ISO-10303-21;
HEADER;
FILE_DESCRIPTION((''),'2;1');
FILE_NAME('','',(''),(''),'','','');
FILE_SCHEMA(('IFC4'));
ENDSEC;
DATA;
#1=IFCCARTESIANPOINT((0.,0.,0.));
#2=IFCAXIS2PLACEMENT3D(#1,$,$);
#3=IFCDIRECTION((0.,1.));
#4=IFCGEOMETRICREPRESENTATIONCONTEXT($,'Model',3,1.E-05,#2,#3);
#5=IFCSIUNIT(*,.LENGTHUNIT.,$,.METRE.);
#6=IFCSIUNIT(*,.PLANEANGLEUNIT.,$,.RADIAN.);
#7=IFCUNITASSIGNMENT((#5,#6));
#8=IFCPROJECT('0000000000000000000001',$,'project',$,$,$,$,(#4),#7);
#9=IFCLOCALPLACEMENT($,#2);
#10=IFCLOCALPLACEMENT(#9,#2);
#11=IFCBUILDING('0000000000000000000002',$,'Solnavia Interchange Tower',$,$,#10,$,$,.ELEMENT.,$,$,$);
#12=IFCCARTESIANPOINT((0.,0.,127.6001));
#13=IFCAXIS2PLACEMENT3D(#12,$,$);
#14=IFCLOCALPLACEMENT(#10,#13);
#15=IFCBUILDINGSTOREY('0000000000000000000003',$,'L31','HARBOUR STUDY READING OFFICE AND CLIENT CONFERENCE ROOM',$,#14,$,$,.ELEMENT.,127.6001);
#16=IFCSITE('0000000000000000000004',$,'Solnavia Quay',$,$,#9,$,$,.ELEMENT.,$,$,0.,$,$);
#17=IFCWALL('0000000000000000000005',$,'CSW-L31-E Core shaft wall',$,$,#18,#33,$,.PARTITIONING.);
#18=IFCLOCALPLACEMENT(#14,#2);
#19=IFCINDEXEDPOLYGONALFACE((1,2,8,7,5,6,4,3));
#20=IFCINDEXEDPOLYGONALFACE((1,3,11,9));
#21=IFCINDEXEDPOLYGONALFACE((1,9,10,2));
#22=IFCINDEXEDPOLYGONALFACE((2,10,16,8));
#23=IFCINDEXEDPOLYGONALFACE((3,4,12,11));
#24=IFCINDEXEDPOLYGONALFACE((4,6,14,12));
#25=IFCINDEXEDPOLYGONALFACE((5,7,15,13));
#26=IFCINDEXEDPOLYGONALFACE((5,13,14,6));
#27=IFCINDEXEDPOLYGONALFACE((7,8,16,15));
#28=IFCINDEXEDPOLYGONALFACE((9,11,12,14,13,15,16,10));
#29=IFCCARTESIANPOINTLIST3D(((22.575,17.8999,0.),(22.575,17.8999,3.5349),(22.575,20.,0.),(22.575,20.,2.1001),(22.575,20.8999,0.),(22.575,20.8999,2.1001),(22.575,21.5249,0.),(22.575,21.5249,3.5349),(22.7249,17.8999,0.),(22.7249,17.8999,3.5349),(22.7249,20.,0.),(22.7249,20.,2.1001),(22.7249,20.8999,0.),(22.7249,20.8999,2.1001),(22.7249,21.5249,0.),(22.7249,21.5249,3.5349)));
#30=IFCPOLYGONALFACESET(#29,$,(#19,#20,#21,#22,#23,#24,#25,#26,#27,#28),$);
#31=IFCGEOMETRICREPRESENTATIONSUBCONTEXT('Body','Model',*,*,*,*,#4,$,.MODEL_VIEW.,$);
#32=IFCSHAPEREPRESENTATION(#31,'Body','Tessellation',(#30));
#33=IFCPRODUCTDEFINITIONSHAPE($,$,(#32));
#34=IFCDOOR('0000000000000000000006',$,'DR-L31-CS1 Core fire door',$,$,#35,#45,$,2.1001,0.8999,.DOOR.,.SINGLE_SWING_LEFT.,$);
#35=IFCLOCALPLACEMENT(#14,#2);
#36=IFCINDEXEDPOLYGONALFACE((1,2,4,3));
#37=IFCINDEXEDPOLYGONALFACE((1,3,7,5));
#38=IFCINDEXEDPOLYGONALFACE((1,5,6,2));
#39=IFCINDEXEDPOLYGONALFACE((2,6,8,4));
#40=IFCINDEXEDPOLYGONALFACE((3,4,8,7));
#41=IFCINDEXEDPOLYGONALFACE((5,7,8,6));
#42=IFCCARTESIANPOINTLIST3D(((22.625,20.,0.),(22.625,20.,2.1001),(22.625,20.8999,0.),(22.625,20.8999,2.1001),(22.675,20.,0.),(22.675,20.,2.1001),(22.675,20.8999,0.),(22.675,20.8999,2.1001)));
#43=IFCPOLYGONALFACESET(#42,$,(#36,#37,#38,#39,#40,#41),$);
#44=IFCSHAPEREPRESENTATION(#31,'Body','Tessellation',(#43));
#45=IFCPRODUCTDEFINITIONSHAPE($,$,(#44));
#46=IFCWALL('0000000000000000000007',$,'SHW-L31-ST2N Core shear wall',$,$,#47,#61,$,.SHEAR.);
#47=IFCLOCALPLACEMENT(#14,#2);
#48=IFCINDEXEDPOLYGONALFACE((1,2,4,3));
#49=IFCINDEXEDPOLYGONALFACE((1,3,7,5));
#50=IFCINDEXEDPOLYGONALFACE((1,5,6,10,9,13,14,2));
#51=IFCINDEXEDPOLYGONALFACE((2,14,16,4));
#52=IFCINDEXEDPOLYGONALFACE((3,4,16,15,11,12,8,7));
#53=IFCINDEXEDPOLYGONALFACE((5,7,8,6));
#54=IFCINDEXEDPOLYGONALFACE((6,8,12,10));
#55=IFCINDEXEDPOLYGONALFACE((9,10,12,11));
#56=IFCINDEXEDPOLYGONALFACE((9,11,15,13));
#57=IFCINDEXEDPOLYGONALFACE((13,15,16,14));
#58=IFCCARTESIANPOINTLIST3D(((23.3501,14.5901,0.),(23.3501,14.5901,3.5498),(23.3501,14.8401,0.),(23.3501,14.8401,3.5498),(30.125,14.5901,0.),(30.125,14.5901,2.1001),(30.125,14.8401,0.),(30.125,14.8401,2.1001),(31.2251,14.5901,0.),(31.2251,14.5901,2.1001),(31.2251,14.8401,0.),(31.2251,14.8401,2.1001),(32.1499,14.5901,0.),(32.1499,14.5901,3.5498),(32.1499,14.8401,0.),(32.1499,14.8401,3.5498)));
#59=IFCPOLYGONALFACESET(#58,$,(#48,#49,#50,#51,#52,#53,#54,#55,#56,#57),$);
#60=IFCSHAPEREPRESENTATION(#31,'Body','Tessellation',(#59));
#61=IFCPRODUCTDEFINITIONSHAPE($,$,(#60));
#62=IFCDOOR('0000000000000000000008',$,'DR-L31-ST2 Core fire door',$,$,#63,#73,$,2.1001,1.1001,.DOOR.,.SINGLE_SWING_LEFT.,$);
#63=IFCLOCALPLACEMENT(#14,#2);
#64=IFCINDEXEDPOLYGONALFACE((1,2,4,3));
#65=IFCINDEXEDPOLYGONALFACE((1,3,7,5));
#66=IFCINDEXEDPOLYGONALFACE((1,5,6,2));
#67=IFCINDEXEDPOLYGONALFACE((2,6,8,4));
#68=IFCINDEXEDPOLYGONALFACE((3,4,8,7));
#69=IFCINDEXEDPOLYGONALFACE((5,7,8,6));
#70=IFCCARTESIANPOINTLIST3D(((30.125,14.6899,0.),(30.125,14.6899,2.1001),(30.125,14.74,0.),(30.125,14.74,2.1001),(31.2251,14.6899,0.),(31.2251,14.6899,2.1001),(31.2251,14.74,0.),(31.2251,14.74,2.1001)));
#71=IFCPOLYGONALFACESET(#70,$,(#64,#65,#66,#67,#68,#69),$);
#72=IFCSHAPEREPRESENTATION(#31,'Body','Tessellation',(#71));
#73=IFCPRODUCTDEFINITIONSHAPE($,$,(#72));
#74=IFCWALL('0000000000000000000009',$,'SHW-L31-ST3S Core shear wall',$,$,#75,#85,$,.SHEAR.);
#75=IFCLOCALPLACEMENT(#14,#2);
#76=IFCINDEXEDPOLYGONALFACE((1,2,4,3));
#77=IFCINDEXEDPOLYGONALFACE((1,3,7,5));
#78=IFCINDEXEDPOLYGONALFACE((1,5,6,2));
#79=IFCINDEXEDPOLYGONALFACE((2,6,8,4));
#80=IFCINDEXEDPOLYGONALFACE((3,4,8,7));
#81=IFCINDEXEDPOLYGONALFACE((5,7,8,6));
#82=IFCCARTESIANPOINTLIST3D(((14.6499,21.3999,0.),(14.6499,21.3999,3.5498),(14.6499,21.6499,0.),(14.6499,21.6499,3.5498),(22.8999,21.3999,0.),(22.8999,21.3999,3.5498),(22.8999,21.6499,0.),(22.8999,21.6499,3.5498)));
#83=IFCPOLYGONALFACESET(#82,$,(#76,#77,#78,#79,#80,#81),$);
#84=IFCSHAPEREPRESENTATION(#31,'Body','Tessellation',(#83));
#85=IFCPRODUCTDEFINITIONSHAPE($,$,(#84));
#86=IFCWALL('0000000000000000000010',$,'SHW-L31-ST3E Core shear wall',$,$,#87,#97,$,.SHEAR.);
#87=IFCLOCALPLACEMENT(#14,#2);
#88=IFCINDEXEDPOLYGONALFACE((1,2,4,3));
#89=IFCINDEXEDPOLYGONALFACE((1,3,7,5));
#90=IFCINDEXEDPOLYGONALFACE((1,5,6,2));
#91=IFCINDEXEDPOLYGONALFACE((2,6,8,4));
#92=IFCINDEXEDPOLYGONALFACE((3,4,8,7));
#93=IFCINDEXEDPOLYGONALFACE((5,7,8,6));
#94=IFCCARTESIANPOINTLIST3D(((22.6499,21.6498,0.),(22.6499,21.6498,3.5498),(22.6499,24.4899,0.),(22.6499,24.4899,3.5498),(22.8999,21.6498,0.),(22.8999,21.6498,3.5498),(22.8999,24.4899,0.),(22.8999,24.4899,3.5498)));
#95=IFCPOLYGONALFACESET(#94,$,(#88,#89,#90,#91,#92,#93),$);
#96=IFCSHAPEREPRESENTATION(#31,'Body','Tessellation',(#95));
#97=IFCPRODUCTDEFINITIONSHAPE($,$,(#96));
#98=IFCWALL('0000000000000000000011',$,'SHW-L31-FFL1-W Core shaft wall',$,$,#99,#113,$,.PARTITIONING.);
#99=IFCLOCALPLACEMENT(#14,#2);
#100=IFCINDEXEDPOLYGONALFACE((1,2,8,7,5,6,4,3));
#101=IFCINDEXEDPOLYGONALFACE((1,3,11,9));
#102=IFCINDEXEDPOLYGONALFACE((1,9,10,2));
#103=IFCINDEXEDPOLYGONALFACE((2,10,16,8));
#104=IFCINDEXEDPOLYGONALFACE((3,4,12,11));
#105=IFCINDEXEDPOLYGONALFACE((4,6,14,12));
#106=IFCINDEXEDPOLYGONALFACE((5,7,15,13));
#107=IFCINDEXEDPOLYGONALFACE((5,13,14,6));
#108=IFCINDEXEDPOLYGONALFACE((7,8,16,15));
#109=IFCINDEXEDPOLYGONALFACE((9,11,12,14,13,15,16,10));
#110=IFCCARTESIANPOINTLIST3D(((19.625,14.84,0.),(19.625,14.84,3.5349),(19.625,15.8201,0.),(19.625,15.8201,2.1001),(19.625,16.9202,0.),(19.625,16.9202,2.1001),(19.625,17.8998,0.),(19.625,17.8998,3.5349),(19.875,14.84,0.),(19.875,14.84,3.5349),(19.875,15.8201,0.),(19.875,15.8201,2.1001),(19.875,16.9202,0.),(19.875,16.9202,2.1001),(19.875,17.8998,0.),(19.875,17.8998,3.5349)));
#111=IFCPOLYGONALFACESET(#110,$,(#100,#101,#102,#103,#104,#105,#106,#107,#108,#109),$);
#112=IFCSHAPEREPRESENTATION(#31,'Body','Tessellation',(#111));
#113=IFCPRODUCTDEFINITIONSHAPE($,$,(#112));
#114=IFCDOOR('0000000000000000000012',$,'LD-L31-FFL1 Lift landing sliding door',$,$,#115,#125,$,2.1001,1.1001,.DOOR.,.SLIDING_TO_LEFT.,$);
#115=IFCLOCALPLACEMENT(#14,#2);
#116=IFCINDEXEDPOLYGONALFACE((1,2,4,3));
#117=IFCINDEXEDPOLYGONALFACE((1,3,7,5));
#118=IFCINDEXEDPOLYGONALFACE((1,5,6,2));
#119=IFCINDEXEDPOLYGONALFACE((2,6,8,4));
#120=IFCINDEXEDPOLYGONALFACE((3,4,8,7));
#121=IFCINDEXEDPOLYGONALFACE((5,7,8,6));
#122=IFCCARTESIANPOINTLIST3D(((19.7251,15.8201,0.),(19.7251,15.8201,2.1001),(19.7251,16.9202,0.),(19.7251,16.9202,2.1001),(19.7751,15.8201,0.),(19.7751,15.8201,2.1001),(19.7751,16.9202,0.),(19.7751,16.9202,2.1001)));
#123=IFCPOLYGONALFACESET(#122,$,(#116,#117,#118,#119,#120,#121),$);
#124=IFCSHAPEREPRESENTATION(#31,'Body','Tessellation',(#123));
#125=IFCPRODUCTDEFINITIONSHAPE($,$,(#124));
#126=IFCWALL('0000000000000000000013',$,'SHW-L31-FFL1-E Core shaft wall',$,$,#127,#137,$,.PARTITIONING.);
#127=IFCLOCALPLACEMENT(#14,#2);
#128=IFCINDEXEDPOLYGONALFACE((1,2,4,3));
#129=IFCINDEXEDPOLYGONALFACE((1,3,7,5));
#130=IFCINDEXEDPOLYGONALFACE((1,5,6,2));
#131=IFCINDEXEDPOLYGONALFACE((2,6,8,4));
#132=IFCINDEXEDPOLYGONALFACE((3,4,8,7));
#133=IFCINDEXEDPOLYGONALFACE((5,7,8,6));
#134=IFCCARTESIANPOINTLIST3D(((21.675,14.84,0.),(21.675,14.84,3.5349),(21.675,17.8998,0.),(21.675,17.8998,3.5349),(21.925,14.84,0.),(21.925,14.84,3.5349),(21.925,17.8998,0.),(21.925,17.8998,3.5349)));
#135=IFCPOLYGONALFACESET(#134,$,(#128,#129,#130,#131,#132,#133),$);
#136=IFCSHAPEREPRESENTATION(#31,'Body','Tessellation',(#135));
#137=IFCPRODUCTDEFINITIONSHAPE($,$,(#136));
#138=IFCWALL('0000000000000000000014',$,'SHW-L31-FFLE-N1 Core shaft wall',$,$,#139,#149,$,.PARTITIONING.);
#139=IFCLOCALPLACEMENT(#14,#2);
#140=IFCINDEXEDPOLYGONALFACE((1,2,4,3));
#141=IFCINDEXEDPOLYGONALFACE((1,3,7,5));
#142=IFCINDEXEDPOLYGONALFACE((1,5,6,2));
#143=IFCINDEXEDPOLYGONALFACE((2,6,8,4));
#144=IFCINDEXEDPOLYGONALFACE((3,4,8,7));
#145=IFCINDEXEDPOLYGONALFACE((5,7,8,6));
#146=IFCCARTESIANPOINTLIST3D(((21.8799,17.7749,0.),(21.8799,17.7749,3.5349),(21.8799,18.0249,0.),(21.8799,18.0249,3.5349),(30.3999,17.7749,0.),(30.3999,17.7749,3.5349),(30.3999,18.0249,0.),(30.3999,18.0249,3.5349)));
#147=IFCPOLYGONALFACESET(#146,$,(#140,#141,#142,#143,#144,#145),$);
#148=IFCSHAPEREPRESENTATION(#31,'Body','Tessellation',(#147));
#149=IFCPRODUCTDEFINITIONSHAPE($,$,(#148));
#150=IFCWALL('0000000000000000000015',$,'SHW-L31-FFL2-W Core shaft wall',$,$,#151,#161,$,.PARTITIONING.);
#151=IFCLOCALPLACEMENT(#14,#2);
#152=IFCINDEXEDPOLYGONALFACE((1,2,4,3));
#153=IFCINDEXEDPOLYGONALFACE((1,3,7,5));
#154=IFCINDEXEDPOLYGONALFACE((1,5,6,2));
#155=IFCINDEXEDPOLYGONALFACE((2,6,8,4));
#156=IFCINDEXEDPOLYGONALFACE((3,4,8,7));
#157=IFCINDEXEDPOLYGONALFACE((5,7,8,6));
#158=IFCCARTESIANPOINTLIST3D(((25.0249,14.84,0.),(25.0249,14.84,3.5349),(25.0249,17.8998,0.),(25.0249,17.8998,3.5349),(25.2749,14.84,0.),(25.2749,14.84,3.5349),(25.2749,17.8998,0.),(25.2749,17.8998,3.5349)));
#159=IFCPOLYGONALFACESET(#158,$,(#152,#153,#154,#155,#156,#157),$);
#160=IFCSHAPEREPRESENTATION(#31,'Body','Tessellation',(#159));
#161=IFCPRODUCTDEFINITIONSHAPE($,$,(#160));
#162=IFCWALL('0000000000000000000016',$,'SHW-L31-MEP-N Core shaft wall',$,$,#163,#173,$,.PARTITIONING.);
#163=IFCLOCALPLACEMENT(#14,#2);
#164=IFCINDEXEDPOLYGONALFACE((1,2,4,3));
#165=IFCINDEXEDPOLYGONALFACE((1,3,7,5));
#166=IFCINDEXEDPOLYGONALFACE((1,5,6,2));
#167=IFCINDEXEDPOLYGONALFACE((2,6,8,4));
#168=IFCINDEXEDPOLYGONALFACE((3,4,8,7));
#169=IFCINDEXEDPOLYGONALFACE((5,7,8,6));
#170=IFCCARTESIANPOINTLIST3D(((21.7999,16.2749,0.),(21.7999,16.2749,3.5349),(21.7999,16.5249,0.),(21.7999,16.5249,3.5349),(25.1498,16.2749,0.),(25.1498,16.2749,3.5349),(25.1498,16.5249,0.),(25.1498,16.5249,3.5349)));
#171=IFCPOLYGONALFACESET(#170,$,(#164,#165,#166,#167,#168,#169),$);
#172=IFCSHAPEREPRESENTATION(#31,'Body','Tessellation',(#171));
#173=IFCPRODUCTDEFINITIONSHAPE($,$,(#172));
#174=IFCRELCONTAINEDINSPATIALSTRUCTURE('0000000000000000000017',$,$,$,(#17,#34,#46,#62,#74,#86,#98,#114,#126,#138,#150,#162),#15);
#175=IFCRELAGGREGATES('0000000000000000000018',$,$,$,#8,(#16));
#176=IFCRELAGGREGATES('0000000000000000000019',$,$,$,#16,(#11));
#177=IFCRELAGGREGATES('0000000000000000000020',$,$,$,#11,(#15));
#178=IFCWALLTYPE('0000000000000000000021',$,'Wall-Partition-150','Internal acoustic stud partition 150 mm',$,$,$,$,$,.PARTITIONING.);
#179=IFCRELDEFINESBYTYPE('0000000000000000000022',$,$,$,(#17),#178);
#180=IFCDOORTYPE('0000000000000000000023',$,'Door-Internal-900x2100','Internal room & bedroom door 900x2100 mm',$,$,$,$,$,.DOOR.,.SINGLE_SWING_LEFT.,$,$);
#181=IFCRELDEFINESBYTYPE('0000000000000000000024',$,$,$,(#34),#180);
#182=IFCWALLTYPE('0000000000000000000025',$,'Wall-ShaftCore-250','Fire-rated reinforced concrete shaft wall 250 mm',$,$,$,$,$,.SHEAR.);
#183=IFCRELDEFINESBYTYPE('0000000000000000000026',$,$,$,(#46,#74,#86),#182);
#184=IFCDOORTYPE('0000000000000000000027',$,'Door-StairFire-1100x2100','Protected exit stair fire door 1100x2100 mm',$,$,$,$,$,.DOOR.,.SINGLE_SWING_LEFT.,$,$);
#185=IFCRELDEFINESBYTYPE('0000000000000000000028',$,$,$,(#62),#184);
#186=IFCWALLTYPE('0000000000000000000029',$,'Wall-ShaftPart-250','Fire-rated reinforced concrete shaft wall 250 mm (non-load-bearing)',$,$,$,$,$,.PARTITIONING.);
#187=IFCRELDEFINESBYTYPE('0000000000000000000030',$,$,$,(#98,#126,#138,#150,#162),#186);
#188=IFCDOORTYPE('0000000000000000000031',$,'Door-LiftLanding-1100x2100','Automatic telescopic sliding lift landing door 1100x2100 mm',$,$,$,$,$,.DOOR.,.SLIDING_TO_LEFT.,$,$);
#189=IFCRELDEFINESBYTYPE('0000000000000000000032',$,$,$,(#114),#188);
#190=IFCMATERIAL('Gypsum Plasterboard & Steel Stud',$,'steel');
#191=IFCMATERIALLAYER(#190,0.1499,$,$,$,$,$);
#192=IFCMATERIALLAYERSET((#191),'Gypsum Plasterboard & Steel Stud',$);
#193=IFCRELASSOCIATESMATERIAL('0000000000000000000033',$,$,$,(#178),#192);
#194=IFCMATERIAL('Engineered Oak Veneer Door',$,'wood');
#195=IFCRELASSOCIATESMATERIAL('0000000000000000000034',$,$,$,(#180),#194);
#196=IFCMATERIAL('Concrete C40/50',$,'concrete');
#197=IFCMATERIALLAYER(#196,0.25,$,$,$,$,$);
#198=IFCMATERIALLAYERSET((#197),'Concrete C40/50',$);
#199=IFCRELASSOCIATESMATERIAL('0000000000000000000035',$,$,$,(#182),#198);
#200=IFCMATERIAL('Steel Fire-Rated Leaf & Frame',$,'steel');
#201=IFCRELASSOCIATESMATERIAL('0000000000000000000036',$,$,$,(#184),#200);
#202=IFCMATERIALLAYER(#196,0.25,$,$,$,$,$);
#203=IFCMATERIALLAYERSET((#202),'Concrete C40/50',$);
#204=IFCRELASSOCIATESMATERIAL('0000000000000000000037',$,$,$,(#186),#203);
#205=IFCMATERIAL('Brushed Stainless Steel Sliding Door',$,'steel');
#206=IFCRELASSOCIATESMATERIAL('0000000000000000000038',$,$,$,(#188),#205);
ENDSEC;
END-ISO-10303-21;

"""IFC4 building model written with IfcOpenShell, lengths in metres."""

from ifc_helpers import new_model, si_unit, direction, frame, frame_2d, origin, place, context, subcontext, project, spatial, rectangle, extrude, material, layer, layer_set, type_object, element, fill, save


model = new_model("IFC4")

# Units and contexts
model_context = context("Model", 3, precision=1e-05, world=origin(), true_north=direction((0.0, 1.0)))
body_context = subcontext(model_context, "Body", "Model", "MODEL_VIEW")
ifc_project = project(units=[si_unit("LENGTHUNIT", "METRE"), si_unit("PLANEANGLEUNIT", "RADIAN")], contexts=[model_context])

# Site, building, storey
site_placement = place(None, origin())
site = spatial("IfcSite", under=ifc_project, at=site_placement, Name="Solnavia Quay", CompositionType="ELEMENT", RefElevation=0.0)
building_placement = place(site_placement, origin())
building = spatial("IfcBuilding", under=site, at=building_placement, Name="Solnavia Interchange Tower", CompositionType="ELEMENT")
storey_placement = place(building_placement, frame((0.0, 0.0, 127.6001)))
storey = spatial("IfcBuildingStorey", under=building, at=storey_placement, Name="L31", Description="HARBOUR STUDY READING OFFICE AND CLIENT CONFERENCE ROOM", CompositionType="ELEMENT", Elevation=127.6001)

# Walls, openings, doors
ifc_material_1 = material(Name="Gypsum Plasterboard & Steel Stud", Category="steel")
ifc_layer_1 = layer(ifc_material_1, 0.1499)
ifc_layer_set_1 = layer_set([ifc_layer_1], Name="Gypsum Plasterboard & Steel Stud")
wall_type_1 = type_object("IfcWallType", Name="Wall-Partition-150", Description="Internal acoustic stud partition 150 mm", PredefinedType="PARTITIONING", material=ifc_layer_set_1)
wall_1_placement = place(storey_placement, frame((22.6499, 17.8999, 0.0), z_axis=(0.0, 0.0, 1.0), x_axis=(0.0, 1.0, 0.0)))
wall_1 = element("IfcWall", 1, at=wall_1_placement, inside=storey, type_object=wall_type_1, Name="CSW-L31-E Core shaft wall", PredefinedType="PARTITIONING", context=body_context, shape_type="SweptSolid", body=[
    extrude(rectangle(XDim=3.625, YDim=0.1499, at=frame_2d((1.8125, 0.0))), origin(), (0.0, 0.0, 1.0), 3.5349),
])
opening_1_placement = place(wall_1_placement, frame((2.1001, 0.0, 0.0)))
opening_1 = element("IfcOpeningElement", 2, at=opening_1_placement, cuts=wall_1, PredefinedType="OPENING", context=body_context, shape_type="SweptSolid", body=[
    extrude(rectangle(XDim=0.8999, YDim=2.1001, at=frame_2d((0.45, 1.05))), frame((0.0, 0.085, 0.0), z_axis=(0.0, -1.0, 0.0), x_axis=(1.0, 0.0, 0.0)), (0.0, 0.0, 1.0), 0.1699),
])
ifc_material_2 = material(Name="Engineered Oak Veneer Door", Category="wood")
door_type_1 = type_object("IfcDoorType", Name="Door-Internal-900x2100", Description="Internal room & bedroom door 900x2100 mm", OperationType="SINGLE_SWING_LEFT", PredefinedType="DOOR", material=ifc_material_2)
door_1_placement = place(opening_1_placement, origin())
door_1 = element("IfcDoor", 3, at=door_1_placement, inside=storey, type_object=door_type_1, Name="DR-L31-CS1 Core fire door", OperationType="SINGLE_SWING_LEFT", OverallHeight=2.1001, OverallWidth=0.8999, PredefinedType="DOOR", context=body_context, shape_type="SweptSolid", body=[
    extrude(rectangle(XDim=0.8999, YDim=2.1001, at=frame_2d((0.45, 1.05))), frame((0.0, 0.0249, 0.0), z_axis=(0.0, -1.0, 0.0), x_axis=(1.0, 0.0, 0.0)), (0.0, 0.0, 1.0), 0.05),
])
fill(opening_1, door_1)
ifc_material_3 = material(Name="Concrete C40/50", Category="concrete")
ifc_layer_2 = layer(ifc_material_3, 0.25)
ifc_layer_set_2 = layer_set([ifc_layer_2], Name="Concrete C40/50")
wall_type_2 = type_object("IfcWallType", Name="Wall-ShaftCore-250", Description="Fire-rated reinforced concrete shaft wall 250 mm", PredefinedType="SHEAR", material=ifc_layer_set_2)
wall_2_placement = place(storey_placement, frame((23.3501, 14.7151, 0.0), z_axis=(0.0, 0.0, 1.0), x_axis=(1.0, 0.0, 0.0)))
wall_2 = element("IfcWall", 4, at=wall_2_placement, inside=storey, type_object=wall_type_2, Name="SHW-L31-ST2N Core shear wall", PredefinedType="SHEAR", context=body_context, shape_type="SweptSolid", body=[
    extrude(rectangle(XDim=8.7998, YDim=0.25, at=frame_2d((4.3999, 0.0))), origin(), (0.0, 0.0, 1.0), 3.5498),
])
opening_2_placement = place(wall_2_placement, frame((6.7749, 0.0, 0.0)))
opening_2 = element("IfcOpeningElement", 5, at=opening_2_placement, cuts=wall_2, PredefinedType="OPENING", context=body_context, shape_type="SweptSolid", body=[
    extrude(rectangle(XDim=1.1001, YDim=2.1001, at=frame_2d((0.55, 1.05))), frame((0.0, 0.135, 0.0), z_axis=(0.0, -1.0, 0.0), x_axis=(1.0, 0.0, 0.0)), (0.0, 0.0, 1.0), 0.27),
])
ifc_material_4 = material(Name="Steel Fire-Rated Leaf & Frame", Category="steel")
door_type_2 = type_object("IfcDoorType", Name="Door-StairFire-1100x2100", Description="Protected exit stair fire door 1100x2100 mm", OperationType="SINGLE_SWING_LEFT", PredefinedType="DOOR", material=ifc_material_4)
door_2_placement = place(opening_2_placement, origin())
door_2 = element("IfcDoor", 6, at=door_2_placement, inside=storey, type_object=door_type_2, Name="DR-L31-ST2 Core fire door", OperationType="SINGLE_SWING_LEFT", OverallHeight=2.1001, OverallWidth=1.1001, PredefinedType="DOOR", context=body_context, shape_type="SweptSolid", body=[
    extrude(rectangle(XDim=1.1001, YDim=2.1001, at=frame_2d((0.55, 1.05))), frame((0.0, 0.0249, 0.0), z_axis=(0.0, -1.0, 0.0), x_axis=(1.0, 0.0, 0.0)), (0.0, 0.0, 1.0), 0.05),
])
fill(opening_2, door_2)

# Walls
wall_3_placement = place(storey_placement, frame((14.6499, 21.5249, 0.0), z_axis=(0.0, 0.0, 1.0), x_axis=(1.0, 0.0, 0.0)))
element("IfcWall", 7, at=wall_3_placement, inside=storey, type_object=wall_type_2, Name="SHW-L31-ST3S Core shear wall", PredefinedType="SHEAR", context=body_context, shape_type="SweptSolid", body=[
    extrude(rectangle(XDim=8.25, YDim=0.25, at=frame_2d((4.125, 0.0))), origin(), (0.0, 0.0, 1.0), 3.5498),
])
wall_4_placement = place(storey_placement, frame((22.7749, 21.6499, 0.0), z_axis=(0.0, 0.0, 1.0), x_axis=(0.0, 1.0, 0.0)))
element("IfcWall", 8, at=wall_4_placement, inside=storey, type_object=wall_type_2, Name="SHW-L31-ST3E Core shear wall", PredefinedType="SHEAR", context=body_context, shape_type="SweptSolid", body=[
    extrude(rectangle(XDim=2.8401, YDim=0.25, at=frame_2d((1.4199, 0.0))), origin(), (0.0, 0.0, 1.0), 3.5498),
])

# Wall, opening, door
ifc_layer_3 = layer(ifc_material_3, 0.25)
ifc_layer_set_3 = layer_set([ifc_layer_3], Name="Concrete C40/50")
wall_type_3 = type_object("IfcWallType", Name="Wall-ShaftPart-250", Description="Fire-rated reinforced concrete shaft wall 250 mm (non-load-bearing)", PredefinedType="PARTITIONING", material=ifc_layer_set_3)
wall_5_placement = place(storey_placement, frame((19.75, 14.8401, 0.0), z_axis=(0.0, 0.0, 1.0), x_axis=(0.0, 1.0, 0.0)))
wall_5 = element("IfcWall", 9, at=wall_5_placement, inside=storey, type_object=wall_type_3, Name="SHW-L31-FFL1-W Core shaft wall", PredefinedType="PARTITIONING", context=body_context, shape_type="SweptSolid", body=[
    extrude(rectangle(XDim=3.0598, YDim=0.25, at=frame_2d((1.5298, 0.0))), origin(), (0.0, 0.0, 1.0), 3.5349),
])
opening_3_placement = place(wall_5_placement, frame((0.98, 0.0, 0.0)))
opening_3 = element("IfcOpeningElement", 10, at=opening_3_placement, cuts=wall_5, PredefinedType="OPENING", context=body_context, shape_type="SweptSolid", body=[
    extrude(rectangle(XDim=1.1001, YDim=2.1001, at=frame_2d((0.55, 1.05))), frame((0.0, 0.135, 0.0), z_axis=(0.0, -1.0, 0.0), x_axis=(1.0, 0.0, 0.0)), (0.0, 0.0, 1.0), 0.27),
])
ifc_material_5 = material(Name="Brushed Stainless Steel Sliding Door", Category="steel")
door_type_3 = type_object("IfcDoorType", Name="Door-LiftLanding-1100x2100", Description="Automatic telescopic sliding lift landing door 1100x2100 mm", OperationType="SLIDING_TO_LEFT", PredefinedType="DOOR", material=ifc_material_5)
door_3_placement = place(opening_3_placement, origin())
door_3 = element("IfcDoor", 11, at=door_3_placement, inside=storey, type_object=door_type_3, Name="LD-L31-FFL1 Lift landing sliding door", OperationType="SLIDING_TO_LEFT", OverallHeight=2.1001, OverallWidth=1.1001, PredefinedType="DOOR", context=body_context, shape_type="SweptSolid", body=[
    extrude(rectangle(XDim=1.1001, YDim=2.1001, at=frame_2d((0.55, 1.05))), frame((0.0, 0.0249, 0.0), z_axis=(0.0, -1.0, 0.0), x_axis=(1.0, 0.0, 0.0)), (0.0, 0.0, 1.0), 0.05),
])
fill(opening_3, door_3)

# Walls
wall_6_placement = place(storey_placement, frame((21.8, 14.8401, 0.0), z_axis=(0.0, 0.0, 1.0), x_axis=(0.0, 1.0, 0.0)))
element("IfcWall", 12, at=wall_6_placement, inside=storey, type_object=wall_type_3, Name="SHW-L31-FFL1-E Core shaft wall", PredefinedType="PARTITIONING", context=body_context, shape_type="SweptSolid", body=[
    extrude(rectangle(XDim=3.0598, YDim=0.25, at=frame_2d((1.5298, 0.0))), origin(), (0.0, 0.0, 1.0), 3.5349),
])
wall_7_placement = place(storey_placement, frame((21.8799, 17.8999, 0.0), z_axis=(0.0, 0.0, 1.0), x_axis=(1.0, 0.0, 0.0)))
element("IfcWall", 13, at=wall_7_placement, inside=storey, type_object=wall_type_3, Name="SHW-L31-FFLE-N1 Core shaft wall", PredefinedType="PARTITIONING", context=body_context, shape_type="SweptSolid", body=[
    extrude(rectangle(XDim=8.52, YDim=0.25, at=frame_2d((4.26, 0.0))), origin(), (0.0, 0.0, 1.0), 3.5349),
])
wall_8_placement = place(storey_placement, frame((25.1499, 14.8401, 0.0), z_axis=(0.0, 0.0, 1.0), x_axis=(0.0, 1.0, 0.0)))
element("IfcWall", 14, at=wall_8_placement, inside=storey, type_object=wall_type_3, Name="SHW-L31-FFL2-W Core shaft wall", PredefinedType="PARTITIONING", context=body_context, shape_type="SweptSolid", body=[
    extrude(rectangle(XDim=3.0598, YDim=0.25, at=frame_2d((1.5298, 0.0))), origin(), (0.0, 0.0, 1.0), 3.5349),
])
wall_9_placement = place(storey_placement, frame((21.8, 16.3999, 0.0), z_axis=(0.0, 0.0, 1.0), x_axis=(1.0, 0.0, 0.0)))
element("IfcWall", 15, at=wall_9_placement, inside=storey, type_object=wall_type_3, Name="SHW-L31-MEP-N Core shaft wall", PredefinedType="PARTITIONING", context=body_context, shape_type="SweptSolid", body=[
    extrude(rectangle(XDim=3.3499, YDim=0.25, at=frame_2d((1.6748, 0.0))), origin(), (0.0, 0.0, 1.0), 3.5349),
])

save(model, "model.ifc")
